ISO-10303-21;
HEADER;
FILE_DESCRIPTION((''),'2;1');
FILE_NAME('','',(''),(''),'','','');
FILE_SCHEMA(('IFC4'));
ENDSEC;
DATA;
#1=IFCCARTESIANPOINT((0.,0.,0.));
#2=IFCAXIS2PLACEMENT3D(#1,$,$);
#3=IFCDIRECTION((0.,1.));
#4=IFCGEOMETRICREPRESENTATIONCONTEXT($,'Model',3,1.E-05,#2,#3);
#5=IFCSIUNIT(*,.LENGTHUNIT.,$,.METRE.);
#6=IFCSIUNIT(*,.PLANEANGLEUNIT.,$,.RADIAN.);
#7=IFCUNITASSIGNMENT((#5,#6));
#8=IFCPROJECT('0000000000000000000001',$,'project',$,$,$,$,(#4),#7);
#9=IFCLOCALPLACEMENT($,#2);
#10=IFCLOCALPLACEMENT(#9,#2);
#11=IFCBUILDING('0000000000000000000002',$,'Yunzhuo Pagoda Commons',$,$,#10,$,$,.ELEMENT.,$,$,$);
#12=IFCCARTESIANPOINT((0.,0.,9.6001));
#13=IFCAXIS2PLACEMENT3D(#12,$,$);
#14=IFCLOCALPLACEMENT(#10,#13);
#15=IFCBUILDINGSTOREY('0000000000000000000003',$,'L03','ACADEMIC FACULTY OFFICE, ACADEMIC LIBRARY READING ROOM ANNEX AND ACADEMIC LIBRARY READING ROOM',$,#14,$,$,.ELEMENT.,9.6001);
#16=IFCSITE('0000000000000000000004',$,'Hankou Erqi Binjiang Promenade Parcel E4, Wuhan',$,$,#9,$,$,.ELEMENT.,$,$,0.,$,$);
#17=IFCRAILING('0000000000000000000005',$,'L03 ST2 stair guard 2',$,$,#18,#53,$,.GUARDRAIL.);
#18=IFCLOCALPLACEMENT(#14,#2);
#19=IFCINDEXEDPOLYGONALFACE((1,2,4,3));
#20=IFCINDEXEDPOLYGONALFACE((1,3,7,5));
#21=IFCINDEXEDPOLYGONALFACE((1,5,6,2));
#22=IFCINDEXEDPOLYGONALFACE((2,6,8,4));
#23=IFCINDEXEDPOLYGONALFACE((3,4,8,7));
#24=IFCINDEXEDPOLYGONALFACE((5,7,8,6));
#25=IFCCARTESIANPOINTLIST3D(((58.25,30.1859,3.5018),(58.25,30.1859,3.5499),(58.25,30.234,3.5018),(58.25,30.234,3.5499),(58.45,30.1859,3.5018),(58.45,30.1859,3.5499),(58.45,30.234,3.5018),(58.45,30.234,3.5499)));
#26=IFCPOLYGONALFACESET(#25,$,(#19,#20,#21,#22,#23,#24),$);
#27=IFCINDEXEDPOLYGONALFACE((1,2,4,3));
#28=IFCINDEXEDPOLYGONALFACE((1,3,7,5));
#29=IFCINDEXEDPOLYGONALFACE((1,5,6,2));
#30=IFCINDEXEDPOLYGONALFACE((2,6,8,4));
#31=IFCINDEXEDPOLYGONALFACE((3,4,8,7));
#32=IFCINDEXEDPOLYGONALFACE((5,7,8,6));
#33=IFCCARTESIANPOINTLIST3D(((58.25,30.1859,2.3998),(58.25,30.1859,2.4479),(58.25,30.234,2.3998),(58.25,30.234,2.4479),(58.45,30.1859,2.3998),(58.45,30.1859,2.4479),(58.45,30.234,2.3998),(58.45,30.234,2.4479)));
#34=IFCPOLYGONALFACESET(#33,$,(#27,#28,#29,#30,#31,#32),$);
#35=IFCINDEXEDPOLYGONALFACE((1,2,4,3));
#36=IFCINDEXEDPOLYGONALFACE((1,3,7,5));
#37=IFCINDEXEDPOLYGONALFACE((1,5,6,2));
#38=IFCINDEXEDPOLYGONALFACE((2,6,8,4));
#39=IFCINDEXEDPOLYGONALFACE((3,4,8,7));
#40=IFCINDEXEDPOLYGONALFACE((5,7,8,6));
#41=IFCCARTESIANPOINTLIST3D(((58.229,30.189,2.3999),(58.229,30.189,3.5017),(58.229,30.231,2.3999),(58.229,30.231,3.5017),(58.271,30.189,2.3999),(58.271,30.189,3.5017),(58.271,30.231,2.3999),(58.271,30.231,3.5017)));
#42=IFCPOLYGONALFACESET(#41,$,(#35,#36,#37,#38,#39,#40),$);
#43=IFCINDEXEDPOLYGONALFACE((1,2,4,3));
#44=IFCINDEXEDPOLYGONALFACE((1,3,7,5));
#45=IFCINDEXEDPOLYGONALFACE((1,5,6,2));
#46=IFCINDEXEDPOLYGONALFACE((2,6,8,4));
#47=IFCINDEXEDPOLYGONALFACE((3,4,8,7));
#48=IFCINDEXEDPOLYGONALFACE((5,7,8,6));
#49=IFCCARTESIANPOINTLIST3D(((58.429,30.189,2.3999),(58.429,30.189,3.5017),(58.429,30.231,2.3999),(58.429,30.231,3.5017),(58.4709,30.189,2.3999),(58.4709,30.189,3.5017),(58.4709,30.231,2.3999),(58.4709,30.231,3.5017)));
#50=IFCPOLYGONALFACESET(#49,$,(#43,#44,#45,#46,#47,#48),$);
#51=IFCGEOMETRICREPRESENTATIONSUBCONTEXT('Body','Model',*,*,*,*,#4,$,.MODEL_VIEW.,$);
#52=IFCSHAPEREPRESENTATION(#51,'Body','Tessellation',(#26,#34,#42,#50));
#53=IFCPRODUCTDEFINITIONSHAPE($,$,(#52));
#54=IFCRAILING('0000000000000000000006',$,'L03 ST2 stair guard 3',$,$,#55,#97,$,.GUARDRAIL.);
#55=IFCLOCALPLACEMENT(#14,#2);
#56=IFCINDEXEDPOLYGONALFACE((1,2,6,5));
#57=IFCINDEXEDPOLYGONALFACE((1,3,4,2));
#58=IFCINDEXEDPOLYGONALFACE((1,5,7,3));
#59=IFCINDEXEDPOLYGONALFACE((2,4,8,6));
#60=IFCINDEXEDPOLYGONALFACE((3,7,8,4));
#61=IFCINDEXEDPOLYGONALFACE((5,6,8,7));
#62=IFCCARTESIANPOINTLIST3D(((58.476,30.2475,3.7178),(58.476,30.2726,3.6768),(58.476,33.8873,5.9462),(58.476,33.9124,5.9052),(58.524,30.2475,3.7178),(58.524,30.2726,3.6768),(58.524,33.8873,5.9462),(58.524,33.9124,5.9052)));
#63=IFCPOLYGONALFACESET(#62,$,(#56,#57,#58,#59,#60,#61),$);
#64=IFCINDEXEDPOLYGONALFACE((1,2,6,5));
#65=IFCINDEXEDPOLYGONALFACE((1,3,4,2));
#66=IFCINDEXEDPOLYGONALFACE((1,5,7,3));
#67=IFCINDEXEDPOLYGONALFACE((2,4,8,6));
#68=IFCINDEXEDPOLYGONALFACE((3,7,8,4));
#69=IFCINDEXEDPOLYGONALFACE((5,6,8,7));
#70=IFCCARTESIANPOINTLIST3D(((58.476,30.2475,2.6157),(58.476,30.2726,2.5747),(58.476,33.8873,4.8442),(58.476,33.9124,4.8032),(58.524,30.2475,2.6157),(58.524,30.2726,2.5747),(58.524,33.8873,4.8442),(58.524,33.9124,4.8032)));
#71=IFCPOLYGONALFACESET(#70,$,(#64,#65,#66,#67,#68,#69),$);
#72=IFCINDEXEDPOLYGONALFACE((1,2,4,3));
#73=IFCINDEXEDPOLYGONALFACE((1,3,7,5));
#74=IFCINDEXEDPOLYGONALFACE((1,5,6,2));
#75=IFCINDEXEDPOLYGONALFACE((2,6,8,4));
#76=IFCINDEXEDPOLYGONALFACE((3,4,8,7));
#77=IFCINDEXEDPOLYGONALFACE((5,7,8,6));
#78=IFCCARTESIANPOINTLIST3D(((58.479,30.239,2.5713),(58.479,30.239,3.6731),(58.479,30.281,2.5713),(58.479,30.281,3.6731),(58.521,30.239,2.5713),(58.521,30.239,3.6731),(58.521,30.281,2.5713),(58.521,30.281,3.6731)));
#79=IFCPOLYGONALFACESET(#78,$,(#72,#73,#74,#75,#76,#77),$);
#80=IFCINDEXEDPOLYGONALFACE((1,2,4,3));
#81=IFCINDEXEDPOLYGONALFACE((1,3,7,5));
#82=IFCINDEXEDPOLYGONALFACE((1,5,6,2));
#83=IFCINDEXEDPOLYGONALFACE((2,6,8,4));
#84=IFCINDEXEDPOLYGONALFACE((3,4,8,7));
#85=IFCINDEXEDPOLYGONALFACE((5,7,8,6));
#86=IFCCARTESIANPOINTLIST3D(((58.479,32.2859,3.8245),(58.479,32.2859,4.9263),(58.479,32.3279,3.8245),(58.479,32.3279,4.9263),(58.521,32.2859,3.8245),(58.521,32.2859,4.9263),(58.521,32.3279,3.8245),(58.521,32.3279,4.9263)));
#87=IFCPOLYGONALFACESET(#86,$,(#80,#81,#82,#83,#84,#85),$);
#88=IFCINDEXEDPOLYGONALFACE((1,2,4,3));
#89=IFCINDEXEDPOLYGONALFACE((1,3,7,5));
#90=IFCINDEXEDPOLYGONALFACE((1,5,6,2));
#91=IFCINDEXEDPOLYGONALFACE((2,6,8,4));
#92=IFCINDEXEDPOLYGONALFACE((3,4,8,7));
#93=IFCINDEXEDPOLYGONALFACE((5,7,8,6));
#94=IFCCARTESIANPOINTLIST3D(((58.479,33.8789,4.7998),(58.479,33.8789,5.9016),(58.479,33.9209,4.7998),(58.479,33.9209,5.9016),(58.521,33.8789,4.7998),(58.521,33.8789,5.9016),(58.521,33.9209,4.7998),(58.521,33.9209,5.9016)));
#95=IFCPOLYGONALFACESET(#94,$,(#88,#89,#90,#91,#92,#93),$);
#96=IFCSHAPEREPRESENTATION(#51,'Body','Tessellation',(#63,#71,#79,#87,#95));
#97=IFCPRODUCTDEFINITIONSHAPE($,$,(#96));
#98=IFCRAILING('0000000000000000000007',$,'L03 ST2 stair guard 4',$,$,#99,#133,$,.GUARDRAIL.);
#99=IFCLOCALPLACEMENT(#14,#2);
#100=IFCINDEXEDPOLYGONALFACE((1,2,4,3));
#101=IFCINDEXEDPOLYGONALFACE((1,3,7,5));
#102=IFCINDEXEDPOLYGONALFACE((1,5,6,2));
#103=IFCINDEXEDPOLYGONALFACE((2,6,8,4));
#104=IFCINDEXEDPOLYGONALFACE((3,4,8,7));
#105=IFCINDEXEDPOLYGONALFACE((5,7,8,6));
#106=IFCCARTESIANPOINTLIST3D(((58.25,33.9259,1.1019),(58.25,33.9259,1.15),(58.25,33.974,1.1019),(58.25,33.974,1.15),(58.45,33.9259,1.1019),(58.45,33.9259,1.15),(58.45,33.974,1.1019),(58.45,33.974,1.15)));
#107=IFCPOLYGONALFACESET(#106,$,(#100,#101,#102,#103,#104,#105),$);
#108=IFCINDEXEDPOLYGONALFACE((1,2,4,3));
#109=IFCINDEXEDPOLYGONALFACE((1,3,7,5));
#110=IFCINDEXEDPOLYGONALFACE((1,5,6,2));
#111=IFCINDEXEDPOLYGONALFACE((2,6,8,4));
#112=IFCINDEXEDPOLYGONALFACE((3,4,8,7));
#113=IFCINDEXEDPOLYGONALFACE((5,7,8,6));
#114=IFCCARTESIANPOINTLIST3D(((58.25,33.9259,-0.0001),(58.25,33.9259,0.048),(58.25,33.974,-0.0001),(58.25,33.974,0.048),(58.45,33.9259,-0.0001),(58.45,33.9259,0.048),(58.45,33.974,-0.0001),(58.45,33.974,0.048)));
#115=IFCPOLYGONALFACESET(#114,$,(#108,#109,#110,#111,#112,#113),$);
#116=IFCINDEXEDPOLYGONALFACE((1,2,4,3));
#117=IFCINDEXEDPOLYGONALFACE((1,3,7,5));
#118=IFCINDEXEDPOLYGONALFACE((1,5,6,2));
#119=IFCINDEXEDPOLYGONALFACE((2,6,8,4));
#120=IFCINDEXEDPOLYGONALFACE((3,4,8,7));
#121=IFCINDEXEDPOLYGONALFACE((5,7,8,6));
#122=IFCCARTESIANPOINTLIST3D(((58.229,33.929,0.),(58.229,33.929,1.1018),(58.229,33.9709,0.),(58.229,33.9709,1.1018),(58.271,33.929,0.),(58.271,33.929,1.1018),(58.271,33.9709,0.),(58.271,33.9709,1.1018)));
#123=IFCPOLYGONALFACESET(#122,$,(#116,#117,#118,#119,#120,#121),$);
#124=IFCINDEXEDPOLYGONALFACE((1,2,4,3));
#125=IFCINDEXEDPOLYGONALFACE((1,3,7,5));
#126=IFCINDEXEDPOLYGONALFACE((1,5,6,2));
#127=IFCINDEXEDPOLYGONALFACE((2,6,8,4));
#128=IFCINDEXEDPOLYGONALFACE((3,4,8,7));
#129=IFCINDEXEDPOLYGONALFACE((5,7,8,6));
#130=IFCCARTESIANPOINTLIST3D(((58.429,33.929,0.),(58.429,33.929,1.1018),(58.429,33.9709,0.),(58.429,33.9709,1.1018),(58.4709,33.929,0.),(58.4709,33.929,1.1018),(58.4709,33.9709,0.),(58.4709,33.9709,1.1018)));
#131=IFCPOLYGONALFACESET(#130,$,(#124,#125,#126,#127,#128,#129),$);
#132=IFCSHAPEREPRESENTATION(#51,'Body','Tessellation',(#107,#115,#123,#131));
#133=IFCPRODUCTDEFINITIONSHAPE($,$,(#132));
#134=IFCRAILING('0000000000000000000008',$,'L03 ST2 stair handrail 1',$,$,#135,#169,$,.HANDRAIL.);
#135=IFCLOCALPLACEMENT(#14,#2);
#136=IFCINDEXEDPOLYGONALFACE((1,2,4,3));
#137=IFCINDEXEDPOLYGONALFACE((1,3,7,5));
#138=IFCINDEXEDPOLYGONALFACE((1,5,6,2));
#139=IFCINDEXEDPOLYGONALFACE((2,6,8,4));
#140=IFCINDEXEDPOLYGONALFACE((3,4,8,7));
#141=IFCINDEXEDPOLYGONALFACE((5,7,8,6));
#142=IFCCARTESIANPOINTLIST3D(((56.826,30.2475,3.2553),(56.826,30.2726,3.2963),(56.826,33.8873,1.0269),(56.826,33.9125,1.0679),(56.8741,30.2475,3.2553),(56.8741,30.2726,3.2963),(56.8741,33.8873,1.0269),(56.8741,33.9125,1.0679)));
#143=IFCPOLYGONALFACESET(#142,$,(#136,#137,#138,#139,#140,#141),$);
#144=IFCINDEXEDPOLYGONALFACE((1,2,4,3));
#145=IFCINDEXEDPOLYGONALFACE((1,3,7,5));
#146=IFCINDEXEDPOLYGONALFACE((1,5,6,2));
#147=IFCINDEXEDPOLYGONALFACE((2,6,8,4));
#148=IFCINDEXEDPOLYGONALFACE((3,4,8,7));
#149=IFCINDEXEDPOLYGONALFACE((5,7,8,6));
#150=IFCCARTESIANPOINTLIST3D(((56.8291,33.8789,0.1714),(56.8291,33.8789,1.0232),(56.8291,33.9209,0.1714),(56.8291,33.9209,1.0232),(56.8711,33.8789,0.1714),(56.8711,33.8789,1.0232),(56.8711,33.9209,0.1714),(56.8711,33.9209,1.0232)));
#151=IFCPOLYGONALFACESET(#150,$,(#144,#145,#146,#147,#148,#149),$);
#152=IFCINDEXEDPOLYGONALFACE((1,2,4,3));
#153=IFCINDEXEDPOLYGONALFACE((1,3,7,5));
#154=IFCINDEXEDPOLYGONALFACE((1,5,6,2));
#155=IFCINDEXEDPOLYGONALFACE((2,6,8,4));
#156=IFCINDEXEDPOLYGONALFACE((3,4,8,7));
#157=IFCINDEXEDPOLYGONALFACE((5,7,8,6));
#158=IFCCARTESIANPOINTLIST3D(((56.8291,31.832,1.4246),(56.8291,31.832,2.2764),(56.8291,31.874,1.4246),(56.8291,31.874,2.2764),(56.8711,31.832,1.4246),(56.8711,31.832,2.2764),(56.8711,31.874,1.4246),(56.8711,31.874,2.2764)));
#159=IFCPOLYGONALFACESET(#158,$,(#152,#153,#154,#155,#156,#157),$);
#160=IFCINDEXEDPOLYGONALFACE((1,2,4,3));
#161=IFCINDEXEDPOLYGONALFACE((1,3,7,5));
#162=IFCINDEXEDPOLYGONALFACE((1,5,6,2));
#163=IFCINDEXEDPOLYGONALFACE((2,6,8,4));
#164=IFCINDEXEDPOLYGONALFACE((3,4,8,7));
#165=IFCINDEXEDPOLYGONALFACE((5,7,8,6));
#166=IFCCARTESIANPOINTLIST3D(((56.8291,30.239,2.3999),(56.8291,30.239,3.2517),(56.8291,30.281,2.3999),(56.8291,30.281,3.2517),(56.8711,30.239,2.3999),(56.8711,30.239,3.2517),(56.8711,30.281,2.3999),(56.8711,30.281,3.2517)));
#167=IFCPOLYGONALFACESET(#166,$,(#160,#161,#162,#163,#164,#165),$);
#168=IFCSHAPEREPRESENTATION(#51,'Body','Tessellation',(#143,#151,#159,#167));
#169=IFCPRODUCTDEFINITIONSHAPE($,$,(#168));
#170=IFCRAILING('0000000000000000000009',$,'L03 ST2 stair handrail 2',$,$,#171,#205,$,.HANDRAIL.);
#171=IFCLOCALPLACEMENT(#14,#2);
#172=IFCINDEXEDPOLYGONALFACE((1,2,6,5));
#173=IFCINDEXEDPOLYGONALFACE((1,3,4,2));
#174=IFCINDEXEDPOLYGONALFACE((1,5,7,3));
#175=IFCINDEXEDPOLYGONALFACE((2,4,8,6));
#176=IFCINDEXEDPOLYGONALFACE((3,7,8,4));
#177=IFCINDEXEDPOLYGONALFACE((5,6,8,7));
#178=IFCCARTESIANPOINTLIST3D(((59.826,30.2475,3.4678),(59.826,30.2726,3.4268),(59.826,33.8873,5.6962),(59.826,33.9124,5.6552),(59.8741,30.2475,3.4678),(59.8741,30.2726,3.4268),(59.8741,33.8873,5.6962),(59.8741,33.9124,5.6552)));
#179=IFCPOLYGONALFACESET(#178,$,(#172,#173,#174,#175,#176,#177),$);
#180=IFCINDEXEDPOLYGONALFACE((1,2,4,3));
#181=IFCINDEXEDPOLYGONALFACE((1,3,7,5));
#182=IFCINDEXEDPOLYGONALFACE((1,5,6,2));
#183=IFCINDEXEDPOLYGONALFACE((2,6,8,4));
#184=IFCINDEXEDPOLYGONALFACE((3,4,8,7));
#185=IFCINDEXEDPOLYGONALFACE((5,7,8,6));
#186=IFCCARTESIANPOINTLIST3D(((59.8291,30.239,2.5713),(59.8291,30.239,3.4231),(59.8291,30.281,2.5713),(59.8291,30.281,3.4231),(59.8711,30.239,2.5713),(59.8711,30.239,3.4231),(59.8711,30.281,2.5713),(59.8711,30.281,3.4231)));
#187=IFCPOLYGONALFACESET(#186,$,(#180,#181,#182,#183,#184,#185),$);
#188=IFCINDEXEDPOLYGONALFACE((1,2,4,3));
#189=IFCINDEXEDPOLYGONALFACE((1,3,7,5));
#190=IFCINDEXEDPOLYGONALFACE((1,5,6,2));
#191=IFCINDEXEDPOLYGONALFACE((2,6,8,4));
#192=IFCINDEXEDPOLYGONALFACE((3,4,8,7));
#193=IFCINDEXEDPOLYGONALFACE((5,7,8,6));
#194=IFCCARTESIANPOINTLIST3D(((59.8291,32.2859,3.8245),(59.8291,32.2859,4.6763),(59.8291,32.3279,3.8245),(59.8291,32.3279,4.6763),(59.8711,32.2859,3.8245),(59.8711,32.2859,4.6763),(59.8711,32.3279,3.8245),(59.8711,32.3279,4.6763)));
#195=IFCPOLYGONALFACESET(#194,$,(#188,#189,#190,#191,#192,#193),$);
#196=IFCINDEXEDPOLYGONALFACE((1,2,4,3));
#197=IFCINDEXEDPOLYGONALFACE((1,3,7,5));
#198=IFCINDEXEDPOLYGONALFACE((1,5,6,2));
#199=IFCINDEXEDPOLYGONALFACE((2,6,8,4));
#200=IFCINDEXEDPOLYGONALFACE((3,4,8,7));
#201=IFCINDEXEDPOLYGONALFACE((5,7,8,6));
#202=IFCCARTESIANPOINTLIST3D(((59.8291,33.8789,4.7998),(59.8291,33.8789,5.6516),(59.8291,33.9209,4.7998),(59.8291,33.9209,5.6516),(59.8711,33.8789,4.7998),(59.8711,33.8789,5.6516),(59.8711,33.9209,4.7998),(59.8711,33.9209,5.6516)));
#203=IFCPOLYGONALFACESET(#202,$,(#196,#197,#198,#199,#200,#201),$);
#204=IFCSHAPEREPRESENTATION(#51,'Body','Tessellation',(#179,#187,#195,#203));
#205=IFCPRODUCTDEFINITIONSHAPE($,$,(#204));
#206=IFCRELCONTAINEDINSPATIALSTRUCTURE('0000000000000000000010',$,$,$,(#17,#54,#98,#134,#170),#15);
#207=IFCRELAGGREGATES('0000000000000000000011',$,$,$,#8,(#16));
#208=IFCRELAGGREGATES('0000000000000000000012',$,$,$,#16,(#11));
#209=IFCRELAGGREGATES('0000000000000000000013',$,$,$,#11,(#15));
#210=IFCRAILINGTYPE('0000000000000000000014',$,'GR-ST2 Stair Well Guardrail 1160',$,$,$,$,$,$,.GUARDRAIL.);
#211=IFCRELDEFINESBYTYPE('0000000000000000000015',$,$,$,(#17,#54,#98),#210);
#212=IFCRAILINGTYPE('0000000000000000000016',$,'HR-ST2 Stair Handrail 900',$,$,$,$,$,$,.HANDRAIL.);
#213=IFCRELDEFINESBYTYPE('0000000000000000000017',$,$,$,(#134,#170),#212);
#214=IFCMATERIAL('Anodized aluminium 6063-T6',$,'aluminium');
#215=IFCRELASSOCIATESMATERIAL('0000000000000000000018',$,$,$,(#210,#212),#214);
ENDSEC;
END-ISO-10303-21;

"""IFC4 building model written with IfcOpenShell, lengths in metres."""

from ifc_helpers import new_model, si_unit, direction, frame, origin, origin_2d, place, context, subcontext, project, spatial, rectangle, extrude, material, type_object, element, save


model = new_model("IFC4")

# Units and contexts
model_context = context("Model", 3, precision=1e-05, world=origin(), true_north=direction((0.0, 1.0)))
body_context = subcontext(model_context, "Body", "Model", "MODEL_VIEW")
ifc_project = project(units=[si_unit("LENGTHUNIT", "METRE"), si_unit("PLANEANGLEUNIT", "RADIAN")], contexts=[model_context])

# Site, building, storey
site_placement = place(None, origin())
site = spatial("IfcSite", under=ifc_project, at=site_placement, Name="Hankou Erqi Binjiang Promenade Parcel E4, Wuhan", CompositionType="ELEMENT", RefElevation=0.0)
building_placement = place(site_placement, origin())
building = spatial("IfcBuilding", under=site, at=building_placement, Name="Yunzhuo Pagoda Commons", CompositionType="ELEMENT")
storey_placement = place(building_placement, frame((0.0, 0.0, 9.6001)))
storey = spatial("IfcBuildingStorey", under=building, at=storey_placement, Name="L03", Description="ACADEMIC FACULTY OFFICE, ACADEMIC LIBRARY READING ROOM ANNEX AND ACADEMIC LIBRARY READING ROOM", CompositionType="ELEMENT", Elevation=9.6001)

# Shared definitions
ifc_material_1 = material(Name="Anodized aluminium 6063-T6", Category="aluminium")

# Railings
railing_type_1 = type_object("IfcRailingType", Name="GR-ST2 Stair Well Guardrail 1160", PredefinedType="GUARDRAIL", material=ifc_material_1)
railing_1_placement = place(storey_placement, frame((58.25, 30.21, 2.3999)))
element("IfcRailing", 1, at=railing_1_placement, inside=storey, type_object=railing_type_1, Name="L03 ST2 stair guard 2", PredefinedType="GUARDRAIL", context=body_context, shape_type="SweptSolid", body=[
    extrude(rectangle(XDim=0.0481, YDim=0.0481, at=origin_2d()), frame((0.0, 0.0, 1.126), z_axis=(1.0, 0.0, 0.0), x_axis=(0.0, 1.0, 0.0)), (0.0, 0.0, 1.0), 0.2),
    extrude(rectangle(XDim=0.0481, YDim=0.0481, at=origin_2d()), frame((0.0, 0.0, 0.0239), z_axis=(1.0, 0.0, 0.0), x_axis=(0.0, 1.0, 0.0)), (0.0, 0.0, 1.0), 0.2),
    extrude(rectangle(XDim=0.042, YDim=0.042, at=origin_2d()), origin(), (0.0, 0.0, 1.0), 1.1018),
    extrude(rectangle(XDim=0.042, YDim=0.042, at=origin_2d()), frame((0.2, 0.0, 0.0)), (0.0, 0.0, 1.0), 1.1018),
])
railing_2_placement = place(storey_placement, frame((58.5, 30.26, 2.5713)))
element("IfcRailing", 2, at=railing_2_placement, inside=storey, type_object=railing_type_1, Name="L03 ST2 stair guard 3", PredefinedType="GUARDRAIL", context=body_context, shape_type="SweptSolid", body=[
    extrude(rectangle(XDim=0.0481, YDim=0.0481, at=origin_2d()), frame((0.0, 0.0, 1.126), z_axis=(0.0, 0.85285, 0.522156), x_axis=(-1.0, 0.0, 0.0)), (0.0, 0.0, 1.0), 4.2678),
    extrude(rectangle(XDim=0.0481, YDim=0.0481, at=origin_2d()), frame((0.0, 0.0, 0.0239), z_axis=(0.0, 0.85285, 0.522156), x_axis=(-1.0, 0.0, 0.0)), (0.0, 0.0, 1.0), 4.2678),
    extrude(rectangle(XDim=0.042, YDim=0.042, at=origin_2d()), origin(), (0.0, 0.0, 1.0), 1.1018),
    extrude(rectangle(XDim=0.042, YDim=0.042, at=origin_2d()), frame((0.0, 2.0469, 1.2532)), (0.0, 0.0, 1.0), 1.1018),
    extrude(rectangle(XDim=0.042, YDim=0.042, at=origin_2d()), frame((0.0, 3.6399, 2.2285)), (0.0, 0.0, 1.0), 1.1018),
])
railing_3_placement = place(storey_placement, frame((58.25, 33.95, 0.0)))
element("IfcRailing", 3, at=railing_3_placement, inside=storey, type_object=railing_type_1, Name="L03 ST2 stair guard 4", PredefinedType="GUARDRAIL", context=body_context, shape_type="SweptSolid", body=[
    extrude(rectangle(XDim=0.0481, YDim=0.0481, at=origin_2d()), frame((0.0, 0.0, 1.126), z_axis=(1.0, 0.0, 0.0), x_axis=(0.0, 1.0, 0.0)), (0.0, 0.0, 1.0), 0.2),
    extrude(rectangle(XDim=0.0481, YDim=0.0481, at=origin_2d()), frame((0.0, 0.0, 0.0239), z_axis=(1.0, 0.0, 0.0), x_axis=(0.0, 1.0, 0.0)), (0.0, 0.0, 1.0), 0.2),
    extrude(rectangle(XDim=0.042, YDim=0.042, at=origin_2d()), origin(), (0.0, 0.0, 1.0), 1.1018),
    extrude(rectangle(XDim=0.042, YDim=0.042, at=origin_2d()), frame((0.2, 0.0, 0.0)), (0.0, 0.0, 1.0), 1.1018),
])
railing_type_2 = type_object("IfcRailingType", Name="HR-ST2 Stair Handrail 900", PredefinedType="HANDRAIL", material=ifc_material_1)
railing_4_placement = place(storey_placement, frame((56.8501, 33.8999, 0.1714)))
element("IfcRailing", 4, at=railing_4_placement, inside=storey, type_object=railing_type_2, Name="L03 ST2 stair handrail 1", PredefinedType="HANDRAIL", context=body_context, shape_type="SweptSolid", body=[
    extrude(rectangle(XDim=0.0481, YDim=0.0481, at=origin_2d()), frame((0.0, 0.0, 0.876), z_axis=(0.0, -0.85285, 0.522156), x_axis=(1.0, 0.0, 0.0)), (0.0, 0.0, 1.0), 4.2678),
    extrude(rectangle(XDim=0.042, YDim=0.042, at=origin_2d()), origin(), (0.0, 0.0, 1.0), 0.8518),
    extrude(rectangle(XDim=0.042, YDim=0.042, at=origin_2d()), frame((0.0, -2.0469, 1.2532)), (0.0, 0.0, 1.0), 0.8518),
    extrude(rectangle(XDim=0.042, YDim=0.042, at=origin_2d()), frame((0.0, -3.6399, 2.2285)), (0.0, 0.0, 1.0), 0.8518),
])
railing_5_placement = place(storey_placement, frame((59.8501, 30.26, 2.5713)))
element("IfcRailing", 5, at=railing_5_placement, inside=storey, type_object=railing_type_2, Name="L03 ST2 stair handrail 2", PredefinedType="HANDRAIL", context=body_context, shape_type="SweptSolid", body=[
    extrude(rectangle(XDim=0.0481, YDim=0.0481, at=origin_2d()), frame((0.0, 0.0, 0.876), z_axis=(0.0, 0.85285, 0.522156), x_axis=(-1.0, 0.0, 0.0)), (0.0, 0.0, 1.0), 4.2678),
    extrude(rectangle(XDim=0.042, YDim=0.042, at=origin_2d()), origin(), (0.0, 0.0, 1.0), 0.8518),
    extrude(rectangle(XDim=0.042, YDim=0.042, at=origin_2d()), frame((0.0, 2.0469, 1.2532)), (0.0, 0.0, 1.0), 0.8518),
    extrude(rectangle(XDim=0.042, YDim=0.042, at=origin_2d()), frame((0.0, 3.6399, 2.2285)), (0.0, 0.0, 1.0), 0.8518),
])

save(model, "model.ifc")
